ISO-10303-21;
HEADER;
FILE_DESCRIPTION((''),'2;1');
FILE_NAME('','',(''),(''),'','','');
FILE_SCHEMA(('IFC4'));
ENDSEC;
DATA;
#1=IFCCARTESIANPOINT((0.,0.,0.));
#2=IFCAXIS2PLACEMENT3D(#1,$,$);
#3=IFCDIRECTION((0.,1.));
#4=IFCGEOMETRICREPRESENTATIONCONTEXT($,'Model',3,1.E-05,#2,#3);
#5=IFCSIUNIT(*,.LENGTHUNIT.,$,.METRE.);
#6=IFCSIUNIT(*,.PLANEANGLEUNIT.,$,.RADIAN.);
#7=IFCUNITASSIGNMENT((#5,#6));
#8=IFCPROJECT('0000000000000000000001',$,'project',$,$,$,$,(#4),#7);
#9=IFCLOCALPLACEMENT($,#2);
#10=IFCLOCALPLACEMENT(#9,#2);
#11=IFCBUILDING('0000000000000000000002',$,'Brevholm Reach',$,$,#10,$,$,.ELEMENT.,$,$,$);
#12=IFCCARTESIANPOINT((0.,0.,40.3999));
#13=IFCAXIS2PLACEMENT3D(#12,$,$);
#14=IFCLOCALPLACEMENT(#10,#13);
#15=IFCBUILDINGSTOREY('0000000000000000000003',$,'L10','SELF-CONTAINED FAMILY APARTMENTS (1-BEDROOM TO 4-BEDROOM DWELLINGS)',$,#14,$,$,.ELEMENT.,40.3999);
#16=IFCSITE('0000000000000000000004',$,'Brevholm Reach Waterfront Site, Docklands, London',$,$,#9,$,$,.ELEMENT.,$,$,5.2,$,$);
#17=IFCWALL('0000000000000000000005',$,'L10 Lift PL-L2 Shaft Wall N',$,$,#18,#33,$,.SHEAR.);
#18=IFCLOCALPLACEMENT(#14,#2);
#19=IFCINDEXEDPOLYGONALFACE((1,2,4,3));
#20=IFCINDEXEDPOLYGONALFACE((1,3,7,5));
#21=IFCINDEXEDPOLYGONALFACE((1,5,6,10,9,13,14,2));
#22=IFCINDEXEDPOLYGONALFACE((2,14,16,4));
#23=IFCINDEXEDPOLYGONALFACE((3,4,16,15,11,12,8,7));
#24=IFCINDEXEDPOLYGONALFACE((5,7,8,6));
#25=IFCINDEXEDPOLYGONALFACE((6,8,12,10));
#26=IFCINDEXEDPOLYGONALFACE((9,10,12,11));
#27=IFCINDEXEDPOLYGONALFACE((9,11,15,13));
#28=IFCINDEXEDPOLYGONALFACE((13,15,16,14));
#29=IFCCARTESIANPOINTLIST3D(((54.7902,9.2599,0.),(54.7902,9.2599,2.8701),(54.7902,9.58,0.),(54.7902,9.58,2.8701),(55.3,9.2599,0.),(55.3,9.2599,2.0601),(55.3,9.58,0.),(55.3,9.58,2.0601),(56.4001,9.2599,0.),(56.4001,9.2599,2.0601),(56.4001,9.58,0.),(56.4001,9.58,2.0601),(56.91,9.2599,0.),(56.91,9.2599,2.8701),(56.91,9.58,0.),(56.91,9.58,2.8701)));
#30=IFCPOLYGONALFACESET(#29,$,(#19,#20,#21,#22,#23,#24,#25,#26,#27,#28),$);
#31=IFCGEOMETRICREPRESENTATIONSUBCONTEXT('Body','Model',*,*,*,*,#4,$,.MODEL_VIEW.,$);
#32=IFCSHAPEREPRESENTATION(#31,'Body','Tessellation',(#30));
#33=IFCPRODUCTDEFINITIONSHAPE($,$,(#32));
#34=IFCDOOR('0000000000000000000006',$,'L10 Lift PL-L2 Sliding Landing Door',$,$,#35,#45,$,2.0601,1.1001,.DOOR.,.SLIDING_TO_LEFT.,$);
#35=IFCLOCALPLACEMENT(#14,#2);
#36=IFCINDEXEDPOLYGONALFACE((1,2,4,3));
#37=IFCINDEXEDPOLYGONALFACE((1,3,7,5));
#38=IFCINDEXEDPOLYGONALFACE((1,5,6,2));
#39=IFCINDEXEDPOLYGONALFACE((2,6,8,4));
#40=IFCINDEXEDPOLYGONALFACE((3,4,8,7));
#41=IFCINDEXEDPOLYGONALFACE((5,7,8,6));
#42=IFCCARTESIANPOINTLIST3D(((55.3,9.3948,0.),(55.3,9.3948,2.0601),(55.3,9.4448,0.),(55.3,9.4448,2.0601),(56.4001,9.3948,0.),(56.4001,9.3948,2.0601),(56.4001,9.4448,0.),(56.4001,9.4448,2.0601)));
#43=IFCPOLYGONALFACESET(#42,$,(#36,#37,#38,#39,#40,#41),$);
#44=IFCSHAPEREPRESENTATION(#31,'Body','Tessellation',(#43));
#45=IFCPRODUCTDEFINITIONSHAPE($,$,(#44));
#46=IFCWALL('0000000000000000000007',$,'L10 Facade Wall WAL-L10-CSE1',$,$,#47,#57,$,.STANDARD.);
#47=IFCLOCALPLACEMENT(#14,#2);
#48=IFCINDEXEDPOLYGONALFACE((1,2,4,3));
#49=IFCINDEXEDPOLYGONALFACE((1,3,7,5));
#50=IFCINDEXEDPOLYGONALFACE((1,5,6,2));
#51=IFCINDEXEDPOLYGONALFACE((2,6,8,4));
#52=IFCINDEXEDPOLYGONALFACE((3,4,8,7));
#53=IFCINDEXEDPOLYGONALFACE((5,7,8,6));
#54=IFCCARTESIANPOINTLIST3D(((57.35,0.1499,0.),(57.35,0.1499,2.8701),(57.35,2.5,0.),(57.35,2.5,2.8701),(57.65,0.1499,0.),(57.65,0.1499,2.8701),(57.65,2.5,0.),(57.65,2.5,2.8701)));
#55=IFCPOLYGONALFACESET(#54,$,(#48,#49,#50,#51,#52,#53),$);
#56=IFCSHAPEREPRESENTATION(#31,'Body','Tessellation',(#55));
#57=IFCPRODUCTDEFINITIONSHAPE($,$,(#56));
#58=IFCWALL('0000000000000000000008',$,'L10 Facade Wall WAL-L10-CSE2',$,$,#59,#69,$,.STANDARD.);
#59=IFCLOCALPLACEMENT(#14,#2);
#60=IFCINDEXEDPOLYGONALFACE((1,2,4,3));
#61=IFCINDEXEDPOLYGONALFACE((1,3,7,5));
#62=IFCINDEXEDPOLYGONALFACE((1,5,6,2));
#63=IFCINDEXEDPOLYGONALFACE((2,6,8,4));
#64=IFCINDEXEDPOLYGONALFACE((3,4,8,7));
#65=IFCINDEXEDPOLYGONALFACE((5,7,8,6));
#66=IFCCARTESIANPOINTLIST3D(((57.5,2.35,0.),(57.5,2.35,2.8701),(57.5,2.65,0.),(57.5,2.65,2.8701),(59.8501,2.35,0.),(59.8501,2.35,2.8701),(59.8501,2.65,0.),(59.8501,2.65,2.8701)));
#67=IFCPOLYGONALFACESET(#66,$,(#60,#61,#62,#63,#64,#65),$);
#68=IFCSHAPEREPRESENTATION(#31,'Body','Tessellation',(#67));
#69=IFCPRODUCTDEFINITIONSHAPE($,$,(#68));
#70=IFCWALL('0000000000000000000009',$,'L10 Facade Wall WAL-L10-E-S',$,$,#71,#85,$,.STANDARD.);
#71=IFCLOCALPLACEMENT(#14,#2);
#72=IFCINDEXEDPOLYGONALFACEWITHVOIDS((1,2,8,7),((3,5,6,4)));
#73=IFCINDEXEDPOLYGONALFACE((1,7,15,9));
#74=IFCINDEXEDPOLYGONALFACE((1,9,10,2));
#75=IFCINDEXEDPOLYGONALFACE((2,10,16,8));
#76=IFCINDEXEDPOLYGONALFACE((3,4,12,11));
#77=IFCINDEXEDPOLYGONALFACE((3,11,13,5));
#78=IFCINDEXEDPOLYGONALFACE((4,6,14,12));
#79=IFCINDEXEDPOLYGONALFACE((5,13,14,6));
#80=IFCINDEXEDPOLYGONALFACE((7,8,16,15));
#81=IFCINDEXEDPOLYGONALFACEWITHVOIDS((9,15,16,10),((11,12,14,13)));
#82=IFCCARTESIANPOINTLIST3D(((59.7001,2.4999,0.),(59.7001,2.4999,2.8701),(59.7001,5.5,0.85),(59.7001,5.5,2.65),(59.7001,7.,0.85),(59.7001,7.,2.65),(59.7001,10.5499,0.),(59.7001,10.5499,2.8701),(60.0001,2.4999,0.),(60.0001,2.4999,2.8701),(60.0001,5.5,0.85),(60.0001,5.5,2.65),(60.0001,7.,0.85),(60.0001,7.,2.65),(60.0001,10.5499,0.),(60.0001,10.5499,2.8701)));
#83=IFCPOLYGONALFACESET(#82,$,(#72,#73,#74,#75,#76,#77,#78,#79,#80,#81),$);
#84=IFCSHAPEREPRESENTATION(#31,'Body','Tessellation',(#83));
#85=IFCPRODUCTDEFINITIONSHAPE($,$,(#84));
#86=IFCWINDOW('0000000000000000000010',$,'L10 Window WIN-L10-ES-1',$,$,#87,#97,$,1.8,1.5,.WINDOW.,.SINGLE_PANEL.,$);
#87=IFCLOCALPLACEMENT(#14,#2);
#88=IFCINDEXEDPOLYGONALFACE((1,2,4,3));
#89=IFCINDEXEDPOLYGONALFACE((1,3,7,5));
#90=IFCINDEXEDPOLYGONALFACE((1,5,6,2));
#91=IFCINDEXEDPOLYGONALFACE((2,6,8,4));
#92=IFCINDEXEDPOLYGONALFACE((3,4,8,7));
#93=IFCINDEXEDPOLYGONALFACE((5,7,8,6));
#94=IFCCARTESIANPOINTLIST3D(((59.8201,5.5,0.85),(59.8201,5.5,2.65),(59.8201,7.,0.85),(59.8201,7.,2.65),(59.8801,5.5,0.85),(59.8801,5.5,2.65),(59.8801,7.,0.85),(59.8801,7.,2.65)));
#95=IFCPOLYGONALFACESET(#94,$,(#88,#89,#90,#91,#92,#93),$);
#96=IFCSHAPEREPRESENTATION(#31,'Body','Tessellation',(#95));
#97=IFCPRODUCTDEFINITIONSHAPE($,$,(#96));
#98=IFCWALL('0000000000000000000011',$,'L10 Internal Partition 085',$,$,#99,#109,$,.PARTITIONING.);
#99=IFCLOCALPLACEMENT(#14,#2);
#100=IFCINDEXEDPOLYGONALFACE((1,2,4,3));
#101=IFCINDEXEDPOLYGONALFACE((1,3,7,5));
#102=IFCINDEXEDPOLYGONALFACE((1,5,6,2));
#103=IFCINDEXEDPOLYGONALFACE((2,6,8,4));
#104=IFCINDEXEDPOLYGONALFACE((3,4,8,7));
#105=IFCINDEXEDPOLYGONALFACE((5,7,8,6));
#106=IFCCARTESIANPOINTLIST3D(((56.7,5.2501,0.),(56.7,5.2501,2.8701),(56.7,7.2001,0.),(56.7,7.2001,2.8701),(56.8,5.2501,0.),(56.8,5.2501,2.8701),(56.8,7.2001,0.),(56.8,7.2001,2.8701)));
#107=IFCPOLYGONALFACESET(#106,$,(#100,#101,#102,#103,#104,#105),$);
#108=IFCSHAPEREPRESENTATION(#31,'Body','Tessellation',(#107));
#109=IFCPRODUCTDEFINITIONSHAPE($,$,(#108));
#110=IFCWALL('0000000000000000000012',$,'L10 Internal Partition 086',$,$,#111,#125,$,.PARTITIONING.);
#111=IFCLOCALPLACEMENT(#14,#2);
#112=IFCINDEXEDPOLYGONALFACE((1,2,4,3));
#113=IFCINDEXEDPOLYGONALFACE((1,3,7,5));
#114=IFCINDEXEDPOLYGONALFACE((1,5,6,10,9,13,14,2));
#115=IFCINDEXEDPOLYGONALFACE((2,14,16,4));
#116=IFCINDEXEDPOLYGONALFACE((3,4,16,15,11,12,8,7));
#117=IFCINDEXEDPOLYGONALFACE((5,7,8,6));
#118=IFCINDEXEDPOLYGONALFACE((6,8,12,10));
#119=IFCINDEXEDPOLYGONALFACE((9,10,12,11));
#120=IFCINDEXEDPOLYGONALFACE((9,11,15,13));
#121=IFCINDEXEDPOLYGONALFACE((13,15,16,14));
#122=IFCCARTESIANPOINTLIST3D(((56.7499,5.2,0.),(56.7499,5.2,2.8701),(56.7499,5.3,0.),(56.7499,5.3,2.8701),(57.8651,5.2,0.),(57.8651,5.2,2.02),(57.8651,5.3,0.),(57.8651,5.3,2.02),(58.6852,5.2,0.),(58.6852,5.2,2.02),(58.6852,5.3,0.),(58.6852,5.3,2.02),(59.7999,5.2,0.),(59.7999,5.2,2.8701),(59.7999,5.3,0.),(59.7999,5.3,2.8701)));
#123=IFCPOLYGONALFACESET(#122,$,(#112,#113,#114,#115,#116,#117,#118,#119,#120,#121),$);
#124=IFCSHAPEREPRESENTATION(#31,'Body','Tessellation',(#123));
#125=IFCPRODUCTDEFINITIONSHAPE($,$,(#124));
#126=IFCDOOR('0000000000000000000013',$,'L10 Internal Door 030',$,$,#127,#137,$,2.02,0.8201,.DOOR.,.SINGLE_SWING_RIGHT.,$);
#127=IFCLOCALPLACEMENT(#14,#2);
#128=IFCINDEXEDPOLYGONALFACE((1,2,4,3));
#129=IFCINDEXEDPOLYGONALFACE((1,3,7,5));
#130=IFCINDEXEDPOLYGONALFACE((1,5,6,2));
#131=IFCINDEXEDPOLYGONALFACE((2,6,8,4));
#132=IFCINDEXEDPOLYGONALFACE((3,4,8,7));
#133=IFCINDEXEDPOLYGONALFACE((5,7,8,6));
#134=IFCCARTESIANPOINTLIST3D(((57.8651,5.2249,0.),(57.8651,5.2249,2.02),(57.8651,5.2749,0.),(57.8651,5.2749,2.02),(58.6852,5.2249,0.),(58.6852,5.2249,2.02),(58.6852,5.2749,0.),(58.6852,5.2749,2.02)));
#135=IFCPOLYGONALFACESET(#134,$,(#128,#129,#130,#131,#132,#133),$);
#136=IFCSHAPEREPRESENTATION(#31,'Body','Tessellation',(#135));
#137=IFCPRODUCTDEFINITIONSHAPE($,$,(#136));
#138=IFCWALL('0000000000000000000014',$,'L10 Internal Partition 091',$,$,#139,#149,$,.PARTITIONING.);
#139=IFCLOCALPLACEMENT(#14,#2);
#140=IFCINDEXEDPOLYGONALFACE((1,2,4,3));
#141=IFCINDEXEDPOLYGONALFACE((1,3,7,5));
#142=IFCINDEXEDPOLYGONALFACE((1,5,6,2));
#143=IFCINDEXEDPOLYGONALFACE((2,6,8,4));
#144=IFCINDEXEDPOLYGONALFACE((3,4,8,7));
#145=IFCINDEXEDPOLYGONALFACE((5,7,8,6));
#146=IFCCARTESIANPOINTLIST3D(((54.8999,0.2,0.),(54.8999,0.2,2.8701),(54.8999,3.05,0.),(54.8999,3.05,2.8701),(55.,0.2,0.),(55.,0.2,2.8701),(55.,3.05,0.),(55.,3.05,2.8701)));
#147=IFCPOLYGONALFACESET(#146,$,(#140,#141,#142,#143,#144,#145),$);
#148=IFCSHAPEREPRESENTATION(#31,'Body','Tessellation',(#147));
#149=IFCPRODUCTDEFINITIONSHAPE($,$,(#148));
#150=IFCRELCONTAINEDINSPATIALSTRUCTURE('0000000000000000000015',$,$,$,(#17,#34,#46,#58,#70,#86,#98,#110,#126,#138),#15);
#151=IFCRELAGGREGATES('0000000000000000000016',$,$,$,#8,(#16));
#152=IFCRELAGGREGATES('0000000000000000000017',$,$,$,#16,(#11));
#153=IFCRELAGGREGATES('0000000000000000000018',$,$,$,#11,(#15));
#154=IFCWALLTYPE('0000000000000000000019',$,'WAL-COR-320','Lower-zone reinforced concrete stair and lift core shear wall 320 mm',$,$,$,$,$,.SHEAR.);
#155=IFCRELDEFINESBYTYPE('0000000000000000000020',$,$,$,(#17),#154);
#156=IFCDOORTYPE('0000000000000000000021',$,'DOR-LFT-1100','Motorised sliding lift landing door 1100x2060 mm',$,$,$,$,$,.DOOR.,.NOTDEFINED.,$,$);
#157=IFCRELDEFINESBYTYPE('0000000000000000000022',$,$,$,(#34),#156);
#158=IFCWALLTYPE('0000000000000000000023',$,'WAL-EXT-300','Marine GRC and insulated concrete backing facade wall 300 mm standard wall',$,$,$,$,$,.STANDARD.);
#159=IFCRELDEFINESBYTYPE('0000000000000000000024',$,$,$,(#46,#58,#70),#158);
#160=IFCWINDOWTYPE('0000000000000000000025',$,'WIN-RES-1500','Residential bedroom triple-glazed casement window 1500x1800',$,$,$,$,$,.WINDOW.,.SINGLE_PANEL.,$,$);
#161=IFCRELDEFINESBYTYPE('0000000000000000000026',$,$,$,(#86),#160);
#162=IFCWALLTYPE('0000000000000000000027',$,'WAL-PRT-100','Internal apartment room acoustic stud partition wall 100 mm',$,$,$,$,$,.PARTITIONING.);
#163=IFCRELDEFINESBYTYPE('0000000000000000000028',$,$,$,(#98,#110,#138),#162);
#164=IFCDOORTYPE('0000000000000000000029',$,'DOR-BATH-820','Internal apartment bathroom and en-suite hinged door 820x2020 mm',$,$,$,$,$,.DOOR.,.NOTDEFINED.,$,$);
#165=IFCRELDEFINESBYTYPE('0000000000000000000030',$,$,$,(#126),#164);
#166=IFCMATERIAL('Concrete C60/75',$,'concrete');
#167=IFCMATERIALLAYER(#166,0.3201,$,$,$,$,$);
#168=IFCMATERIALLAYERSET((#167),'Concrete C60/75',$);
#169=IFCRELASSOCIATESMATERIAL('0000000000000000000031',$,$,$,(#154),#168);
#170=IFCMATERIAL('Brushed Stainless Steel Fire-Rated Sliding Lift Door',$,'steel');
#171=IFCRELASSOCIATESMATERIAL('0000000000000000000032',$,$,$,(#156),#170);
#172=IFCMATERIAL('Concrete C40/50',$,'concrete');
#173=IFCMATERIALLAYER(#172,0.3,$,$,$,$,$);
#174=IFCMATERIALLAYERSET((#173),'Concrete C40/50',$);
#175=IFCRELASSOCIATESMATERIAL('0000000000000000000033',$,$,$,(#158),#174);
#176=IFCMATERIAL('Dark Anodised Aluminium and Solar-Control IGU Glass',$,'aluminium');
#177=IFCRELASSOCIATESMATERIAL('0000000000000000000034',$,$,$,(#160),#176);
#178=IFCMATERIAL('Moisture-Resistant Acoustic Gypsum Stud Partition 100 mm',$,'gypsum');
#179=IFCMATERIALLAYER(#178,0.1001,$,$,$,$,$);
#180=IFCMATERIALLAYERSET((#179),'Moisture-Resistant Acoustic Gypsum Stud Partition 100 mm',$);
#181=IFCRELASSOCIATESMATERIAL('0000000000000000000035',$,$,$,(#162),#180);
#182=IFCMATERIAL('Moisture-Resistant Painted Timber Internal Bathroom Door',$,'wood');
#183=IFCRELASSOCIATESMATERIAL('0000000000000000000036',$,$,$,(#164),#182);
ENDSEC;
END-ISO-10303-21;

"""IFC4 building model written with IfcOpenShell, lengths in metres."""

from ifc_helpers import new_model, si_unit, direction, frame, frame_2d, origin, place, context, subcontext, project, spatial, rectangle, extrude, material, layer, layer_set, type_object, element, fill, save


model = new_model("IFC4")

# Units and contexts
model_context = context("Model", 3, precision=1e-05, world=origin(), true_north=direction((0.0, 1.0)))
body_context = subcontext(model_context, "Body", "Model", "MODEL_VIEW")
ifc_project = project(units=[si_unit("LENGTHUNIT", "METRE"), si_unit("PLANEANGLEUNIT", "RADIAN")], contexts=[model_context])

# Site, building, storey
site_placement = place(None, origin())
site = spatial("IfcSite", under=ifc_project, at=site_placement, Name="Brevholm Reach Waterfront Site, Docklands, London", CompositionType="ELEMENT", RefElevation=5.2)
building_placement = place(site_placement, origin())
building = spatial("IfcBuilding", under=site, at=building_placement, Name="Brevholm Reach", CompositionType="ELEMENT")
storey_placement = place(building_placement, frame((0.0, 0.0, 40.3999)))
storey = spatial("IfcBuildingStorey", under=building, at=storey_placement, Name="L10", Description="SELF-CONTAINED FAMILY APARTMENTS (1-BEDROOM TO 4-BEDROOM DWELLINGS)", CompositionType="ELEMENT", Elevation=40.3999)

# Shared definitions
ifc_material_1 = material(Name="Concrete C60/75", Category="concrete")
ifc_layer_1 = layer(ifc_material_1, 0.3201)
ifc_layer_set_1 = layer_set([ifc_layer_1], Name="Concrete C60/75")
wall_type_1 = type_object("IfcWallType", Name="WAL-COR-320", Description="Lower-zone reinforced concrete stair and lift core shear wall 320 mm", PredefinedType="SHEAR", material=ifc_layer_set_1)

# Wall, opening, door
wall_1_placement = place(storey_placement, frame((54.79, 9.4199, 0.0), z_axis=(0.0, 0.0, 1.0), x_axis=(1.0, 0.0, 0.0)))
wall_1 = element("IfcWall", 1, at=wall_1_placement, inside=storey, type_object=wall_type_1, Name="L10 Lift PL-L2 Shaft Wall N", PredefinedType="SHEAR", context=body_context, shape_type="SweptSolid", body=[
    extrude(rectangle(XDim=2.1199, YDim=0.3201, at=frame_2d((1.0601, 0.0))), origin(), (0.0, 0.0, 1.0), 2.8701),
])
opening_1_placement = place(wall_1_placement, frame((0.51, 0.0, 0.0)))
opening_1 = element("IfcOpeningElement", 2, at=opening_1_placement, cuts=wall_1, PredefinedType="OPENING", context=body_context, shape_type="SweptSolid", body=[
    extrude(rectangle(XDim=1.1001, YDim=2.0601, at=frame_2d((0.55, 1.03))), frame((0.0, 0.1699, 0.0), z_axis=(0.0, -1.0, 0.0), x_axis=(1.0, 0.0, 0.0)), (0.0, 0.0, 1.0), 0.3401),
])
ifc_material_2 = material(Name="Brushed Stainless Steel Fire-Rated Sliding Lift Door", Category="steel")
door_type_1 = type_object("IfcDoorType", Name="DOR-LFT-1100", Description="Motorised sliding lift landing door 1100x2060 mm", OperationType="NOTDEFINED", PredefinedType="DOOR", material=ifc_material_2)
door_1_placement = place(opening_1_placement, origin())
door_1 = element("IfcDoor", 3, at=door_1_placement, inside=storey, type_object=door_type_1, Name="L10 Lift PL-L2 Sliding Landing Door", OperationType="SLIDING_TO_LEFT", OverallHeight=2.0601, OverallWidth=1.1001, PredefinedType="DOOR", context=body_context, shape_type="SweptSolid", body=[
    extrude(rectangle(XDim=1.1001, YDim=2.0601, at=frame_2d((0.55, 1.03))), frame((0.0, 0.0249, 0.0), z_axis=(0.0, -1.0, 0.0), x_axis=(1.0, 0.0, 0.0)), (0.0, 0.0, 1.0), 0.05),
])
fill(opening_1, door_1)

# Walls
ifc_material_3 = material(Name="Concrete C40/50", Category="concrete")
ifc_layer_2 = layer(ifc_material_3, 0.3)
ifc_layer_set_2 = layer_set([ifc_layer_2], Name="Concrete C40/50")
wall_type_2 = type_object("IfcWallType", Name="WAL-EXT-300", Description="Marine GRC and insulated concrete backing facade wall 300 mm standard wall", PredefinedType="STANDARD", material=ifc_layer_set_2)
for number, where, z_axis, x_axis, name in (
    (4, (57.5, 0.1499, 0.0), (0.0, 0.0, 1.0), (0.0, 1.0, 0.0), "L10 Facade Wall WAL-L10-CSE1"),
    (5, (57.5, 2.5, 0.0), (0.0, 0.0, 1.0), (1.0, 0.0, 0.0), "L10 Facade Wall WAL-L10-CSE2"),
):
    element("IfcWall", number, at=place(storey_placement, frame(where, z_axis=z_axis, x_axis=x_axis)), inside=storey, type_object=wall_type_2, Name=name, PredefinedType="STANDARD", context=body_context, shape_type="SweptSolid", body=[
        extrude(rectangle(XDim=2.3501, YDim=0.3, at=frame_2d((1.175, 0.0))), origin(), (0.0, 0.0, 1.0), 2.8701),
    ])

# Wall, opening, window
wall_2_placement = place(storey_placement, frame((59.8501, 2.5, 0.0), z_axis=(0.0, 0.0, 1.0), x_axis=(0.0, 1.0, 0.0)))
wall_2 = element("IfcWall", 6, at=wall_2_placement, inside=storey, type_object=wall_type_2, Name="L10 Facade Wall WAL-L10-E-S", PredefinedType="STANDARD", context=body_context, shape_type="SweptSolid", body=[
    extrude(rectangle(XDim=8.05, YDim=0.3, at=frame_2d((4.0249, 0.0))), origin(), (0.0, 0.0, 1.0), 2.8701),
])
opening_2_placement = place(wall_2_placement, frame((3.0, 0.0, 0.8501)))
opening_2 = element("IfcOpeningElement", 7, at=opening_2_placement, cuts=wall_2, PredefinedType="OPENING", context=body_context, shape_type="SweptSolid", body=[
    extrude(rectangle(XDim=1.5, YDim=1.8, at=frame_2d((0.75, 0.8999))), frame((0.0, 0.1599, 0.0), z_axis=(0.0, -1.0, 0.0), x_axis=(1.0, 0.0, 0.0)), (0.0, 0.0, 1.0), 0.3201),
])
ifc_material_4 = material(Name="Dark Anodised Aluminium and Solar-Control IGU Glass", Category="aluminium")
window_type = type_object("IfcWindowType", Name="WIN-RES-1500", Description="Residential bedroom triple-glazed casement window 1500x1800", PartitioningType="SINGLE_PANEL", PredefinedType="WINDOW", material=ifc_material_4)
window_placement = place(opening_2_placement, origin())
window = element("IfcWindow", 8, at=window_placement, inside=storey, type_object=window_type, Name="L10 Window WIN-L10-ES-1", OverallHeight=1.8, OverallWidth=1.5, PartitioningType="SINGLE_PANEL", PredefinedType="WINDOW", context=body_context, shape_type="SweptSolid", body=[
    extrude(rectangle(XDim=1.5, YDim=1.8, at=frame_2d((0.75, 0.8999))), frame((0.0, 0.03, 0.0), z_axis=(0.0, -1.0, 0.0), x_axis=(1.0, 0.0, 0.0)), (0.0, 0.0, 1.0), 0.0601),
])
fill(opening_2, window)

# Wall
ifc_material_5 = material(Name="Moisture-Resistant Acoustic Gypsum Stud Partition 100 mm", Category="gypsum")
ifc_layer_3 = layer(ifc_material_5, 0.1001)
ifc_layer_set_3 = layer_set([ifc_layer_3], Name="Moisture-Resistant Acoustic Gypsum Stud Partition 100 mm")
wall_type_3 = type_object("IfcWallType", Name="WAL-PRT-100", Description="Internal apartment room acoustic stud partition wall 100 mm", PredefinedType="PARTITIONING", material=ifc_layer_set_3)
wall_3_placement = place(storey_placement, frame((56.75, 5.25, 0.0), z_axis=(0.0, 0.0, 1.0), x_axis=(0.0, 1.0, 0.0)))
element("IfcWall", 9, at=wall_3_placement, inside=storey, type_object=wall_type_3, Name="L10 Internal Partition 085", PredefinedType="PARTITIONING", context=body_context, shape_type="SweptSolid", body=[
    extrude(rectangle(XDim=1.95, YDim=0.1001, at=frame_2d((0.9751, 0.0))), origin(), (0.0, 0.0, 1.0), 2.8701),
])

# Wall, opening, door
wall_4_placement = place(storey_placement, frame((56.75, 5.25, 0.0), z_axis=(0.0, 0.0, 1.0), x_axis=(1.0, 0.0, 0.0)))
wall_4 = element("IfcWall", 10, at=wall_4_placement, inside=storey, type_object=wall_type_3, Name="L10 Internal Partition 086", PredefinedType="PARTITIONING", context=body_context, shape_type="SweptSolid", body=[
    extrude(rectangle(XDim=3.05, YDim=0.1001, at=frame_2d((1.5249, 0.0))), origin(), (0.0, 0.0, 1.0), 2.8701),
])
opening_3_placement = place(wall_4_placement, frame((1.115, 0.0, 0.0)))
opening_3 = element("IfcOpeningElement", 11, at=opening_3_placement, cuts=wall_4, PredefinedType="OPENING", context=body_context, shape_type="SweptSolid", body=[
    extrude(rectangle(XDim=0.8201, YDim=2.02, at=frame_2d((0.4102, 1.01))), frame((0.0, 0.0601, 0.0), z_axis=(0.0, -1.0, 0.0), x_axis=(1.0, 0.0, 0.0)), (0.0, 0.0, 1.0), 0.1201),
])
ifc_material_6 = material(Name="Moisture-Resistant Painted Timber Internal Bathroom Door", Category="wood")
door_type_2 = type_object("IfcDoorType", Name="DOR-BATH-820", Description="Internal apartment bathroom and en-suite hinged door 820x2020 mm", OperationType="NOTDEFINED", PredefinedType="DOOR", material=ifc_material_6)
door_2_placement = place(opening_3_placement, origin())
door_2 = element("IfcDoor", 12, at=door_2_placement, inside=storey, type_object=door_type_2, Name="L10 Internal Door 030", OperationType="SINGLE_SWING_RIGHT", OverallHeight=2.02, OverallWidth=0.8201, PredefinedType="DOOR", context=body_context, shape_type="SweptSolid", body=[
    extrude(rectangle(XDim=0.8201, YDim=2.02, at=frame_2d((0.4102, 1.01))), frame((0.0, 0.0249, 0.0), z_axis=(0.0, -1.0, 0.0), x_axis=(1.0, 0.0, 0.0)), (0.0, 0.0, 1.0), 0.05),
])
fill(opening_3, door_2)

# Wall
wall_5_placement = place(storey_placement, frame((54.95, 0.2, 0.0), z_axis=(0.0, 0.0, 1.0), x_axis=(0.0, 1.0, 0.0)))
element("IfcWall", 13, at=wall_5_placement, inside=storey, type_object=wall_type_3, Name="L10 Internal Partition 091", PredefinedType="PARTITIONING", context=body_context, shape_type="SweptSolid", body=[
    extrude(rectangle(XDim=2.8501, YDim=0.1001, at=frame_2d((1.425, 0.0))), origin(), (0.0, 0.0, 1.0), 2.8701),
])

save(model, "model.ifc")
